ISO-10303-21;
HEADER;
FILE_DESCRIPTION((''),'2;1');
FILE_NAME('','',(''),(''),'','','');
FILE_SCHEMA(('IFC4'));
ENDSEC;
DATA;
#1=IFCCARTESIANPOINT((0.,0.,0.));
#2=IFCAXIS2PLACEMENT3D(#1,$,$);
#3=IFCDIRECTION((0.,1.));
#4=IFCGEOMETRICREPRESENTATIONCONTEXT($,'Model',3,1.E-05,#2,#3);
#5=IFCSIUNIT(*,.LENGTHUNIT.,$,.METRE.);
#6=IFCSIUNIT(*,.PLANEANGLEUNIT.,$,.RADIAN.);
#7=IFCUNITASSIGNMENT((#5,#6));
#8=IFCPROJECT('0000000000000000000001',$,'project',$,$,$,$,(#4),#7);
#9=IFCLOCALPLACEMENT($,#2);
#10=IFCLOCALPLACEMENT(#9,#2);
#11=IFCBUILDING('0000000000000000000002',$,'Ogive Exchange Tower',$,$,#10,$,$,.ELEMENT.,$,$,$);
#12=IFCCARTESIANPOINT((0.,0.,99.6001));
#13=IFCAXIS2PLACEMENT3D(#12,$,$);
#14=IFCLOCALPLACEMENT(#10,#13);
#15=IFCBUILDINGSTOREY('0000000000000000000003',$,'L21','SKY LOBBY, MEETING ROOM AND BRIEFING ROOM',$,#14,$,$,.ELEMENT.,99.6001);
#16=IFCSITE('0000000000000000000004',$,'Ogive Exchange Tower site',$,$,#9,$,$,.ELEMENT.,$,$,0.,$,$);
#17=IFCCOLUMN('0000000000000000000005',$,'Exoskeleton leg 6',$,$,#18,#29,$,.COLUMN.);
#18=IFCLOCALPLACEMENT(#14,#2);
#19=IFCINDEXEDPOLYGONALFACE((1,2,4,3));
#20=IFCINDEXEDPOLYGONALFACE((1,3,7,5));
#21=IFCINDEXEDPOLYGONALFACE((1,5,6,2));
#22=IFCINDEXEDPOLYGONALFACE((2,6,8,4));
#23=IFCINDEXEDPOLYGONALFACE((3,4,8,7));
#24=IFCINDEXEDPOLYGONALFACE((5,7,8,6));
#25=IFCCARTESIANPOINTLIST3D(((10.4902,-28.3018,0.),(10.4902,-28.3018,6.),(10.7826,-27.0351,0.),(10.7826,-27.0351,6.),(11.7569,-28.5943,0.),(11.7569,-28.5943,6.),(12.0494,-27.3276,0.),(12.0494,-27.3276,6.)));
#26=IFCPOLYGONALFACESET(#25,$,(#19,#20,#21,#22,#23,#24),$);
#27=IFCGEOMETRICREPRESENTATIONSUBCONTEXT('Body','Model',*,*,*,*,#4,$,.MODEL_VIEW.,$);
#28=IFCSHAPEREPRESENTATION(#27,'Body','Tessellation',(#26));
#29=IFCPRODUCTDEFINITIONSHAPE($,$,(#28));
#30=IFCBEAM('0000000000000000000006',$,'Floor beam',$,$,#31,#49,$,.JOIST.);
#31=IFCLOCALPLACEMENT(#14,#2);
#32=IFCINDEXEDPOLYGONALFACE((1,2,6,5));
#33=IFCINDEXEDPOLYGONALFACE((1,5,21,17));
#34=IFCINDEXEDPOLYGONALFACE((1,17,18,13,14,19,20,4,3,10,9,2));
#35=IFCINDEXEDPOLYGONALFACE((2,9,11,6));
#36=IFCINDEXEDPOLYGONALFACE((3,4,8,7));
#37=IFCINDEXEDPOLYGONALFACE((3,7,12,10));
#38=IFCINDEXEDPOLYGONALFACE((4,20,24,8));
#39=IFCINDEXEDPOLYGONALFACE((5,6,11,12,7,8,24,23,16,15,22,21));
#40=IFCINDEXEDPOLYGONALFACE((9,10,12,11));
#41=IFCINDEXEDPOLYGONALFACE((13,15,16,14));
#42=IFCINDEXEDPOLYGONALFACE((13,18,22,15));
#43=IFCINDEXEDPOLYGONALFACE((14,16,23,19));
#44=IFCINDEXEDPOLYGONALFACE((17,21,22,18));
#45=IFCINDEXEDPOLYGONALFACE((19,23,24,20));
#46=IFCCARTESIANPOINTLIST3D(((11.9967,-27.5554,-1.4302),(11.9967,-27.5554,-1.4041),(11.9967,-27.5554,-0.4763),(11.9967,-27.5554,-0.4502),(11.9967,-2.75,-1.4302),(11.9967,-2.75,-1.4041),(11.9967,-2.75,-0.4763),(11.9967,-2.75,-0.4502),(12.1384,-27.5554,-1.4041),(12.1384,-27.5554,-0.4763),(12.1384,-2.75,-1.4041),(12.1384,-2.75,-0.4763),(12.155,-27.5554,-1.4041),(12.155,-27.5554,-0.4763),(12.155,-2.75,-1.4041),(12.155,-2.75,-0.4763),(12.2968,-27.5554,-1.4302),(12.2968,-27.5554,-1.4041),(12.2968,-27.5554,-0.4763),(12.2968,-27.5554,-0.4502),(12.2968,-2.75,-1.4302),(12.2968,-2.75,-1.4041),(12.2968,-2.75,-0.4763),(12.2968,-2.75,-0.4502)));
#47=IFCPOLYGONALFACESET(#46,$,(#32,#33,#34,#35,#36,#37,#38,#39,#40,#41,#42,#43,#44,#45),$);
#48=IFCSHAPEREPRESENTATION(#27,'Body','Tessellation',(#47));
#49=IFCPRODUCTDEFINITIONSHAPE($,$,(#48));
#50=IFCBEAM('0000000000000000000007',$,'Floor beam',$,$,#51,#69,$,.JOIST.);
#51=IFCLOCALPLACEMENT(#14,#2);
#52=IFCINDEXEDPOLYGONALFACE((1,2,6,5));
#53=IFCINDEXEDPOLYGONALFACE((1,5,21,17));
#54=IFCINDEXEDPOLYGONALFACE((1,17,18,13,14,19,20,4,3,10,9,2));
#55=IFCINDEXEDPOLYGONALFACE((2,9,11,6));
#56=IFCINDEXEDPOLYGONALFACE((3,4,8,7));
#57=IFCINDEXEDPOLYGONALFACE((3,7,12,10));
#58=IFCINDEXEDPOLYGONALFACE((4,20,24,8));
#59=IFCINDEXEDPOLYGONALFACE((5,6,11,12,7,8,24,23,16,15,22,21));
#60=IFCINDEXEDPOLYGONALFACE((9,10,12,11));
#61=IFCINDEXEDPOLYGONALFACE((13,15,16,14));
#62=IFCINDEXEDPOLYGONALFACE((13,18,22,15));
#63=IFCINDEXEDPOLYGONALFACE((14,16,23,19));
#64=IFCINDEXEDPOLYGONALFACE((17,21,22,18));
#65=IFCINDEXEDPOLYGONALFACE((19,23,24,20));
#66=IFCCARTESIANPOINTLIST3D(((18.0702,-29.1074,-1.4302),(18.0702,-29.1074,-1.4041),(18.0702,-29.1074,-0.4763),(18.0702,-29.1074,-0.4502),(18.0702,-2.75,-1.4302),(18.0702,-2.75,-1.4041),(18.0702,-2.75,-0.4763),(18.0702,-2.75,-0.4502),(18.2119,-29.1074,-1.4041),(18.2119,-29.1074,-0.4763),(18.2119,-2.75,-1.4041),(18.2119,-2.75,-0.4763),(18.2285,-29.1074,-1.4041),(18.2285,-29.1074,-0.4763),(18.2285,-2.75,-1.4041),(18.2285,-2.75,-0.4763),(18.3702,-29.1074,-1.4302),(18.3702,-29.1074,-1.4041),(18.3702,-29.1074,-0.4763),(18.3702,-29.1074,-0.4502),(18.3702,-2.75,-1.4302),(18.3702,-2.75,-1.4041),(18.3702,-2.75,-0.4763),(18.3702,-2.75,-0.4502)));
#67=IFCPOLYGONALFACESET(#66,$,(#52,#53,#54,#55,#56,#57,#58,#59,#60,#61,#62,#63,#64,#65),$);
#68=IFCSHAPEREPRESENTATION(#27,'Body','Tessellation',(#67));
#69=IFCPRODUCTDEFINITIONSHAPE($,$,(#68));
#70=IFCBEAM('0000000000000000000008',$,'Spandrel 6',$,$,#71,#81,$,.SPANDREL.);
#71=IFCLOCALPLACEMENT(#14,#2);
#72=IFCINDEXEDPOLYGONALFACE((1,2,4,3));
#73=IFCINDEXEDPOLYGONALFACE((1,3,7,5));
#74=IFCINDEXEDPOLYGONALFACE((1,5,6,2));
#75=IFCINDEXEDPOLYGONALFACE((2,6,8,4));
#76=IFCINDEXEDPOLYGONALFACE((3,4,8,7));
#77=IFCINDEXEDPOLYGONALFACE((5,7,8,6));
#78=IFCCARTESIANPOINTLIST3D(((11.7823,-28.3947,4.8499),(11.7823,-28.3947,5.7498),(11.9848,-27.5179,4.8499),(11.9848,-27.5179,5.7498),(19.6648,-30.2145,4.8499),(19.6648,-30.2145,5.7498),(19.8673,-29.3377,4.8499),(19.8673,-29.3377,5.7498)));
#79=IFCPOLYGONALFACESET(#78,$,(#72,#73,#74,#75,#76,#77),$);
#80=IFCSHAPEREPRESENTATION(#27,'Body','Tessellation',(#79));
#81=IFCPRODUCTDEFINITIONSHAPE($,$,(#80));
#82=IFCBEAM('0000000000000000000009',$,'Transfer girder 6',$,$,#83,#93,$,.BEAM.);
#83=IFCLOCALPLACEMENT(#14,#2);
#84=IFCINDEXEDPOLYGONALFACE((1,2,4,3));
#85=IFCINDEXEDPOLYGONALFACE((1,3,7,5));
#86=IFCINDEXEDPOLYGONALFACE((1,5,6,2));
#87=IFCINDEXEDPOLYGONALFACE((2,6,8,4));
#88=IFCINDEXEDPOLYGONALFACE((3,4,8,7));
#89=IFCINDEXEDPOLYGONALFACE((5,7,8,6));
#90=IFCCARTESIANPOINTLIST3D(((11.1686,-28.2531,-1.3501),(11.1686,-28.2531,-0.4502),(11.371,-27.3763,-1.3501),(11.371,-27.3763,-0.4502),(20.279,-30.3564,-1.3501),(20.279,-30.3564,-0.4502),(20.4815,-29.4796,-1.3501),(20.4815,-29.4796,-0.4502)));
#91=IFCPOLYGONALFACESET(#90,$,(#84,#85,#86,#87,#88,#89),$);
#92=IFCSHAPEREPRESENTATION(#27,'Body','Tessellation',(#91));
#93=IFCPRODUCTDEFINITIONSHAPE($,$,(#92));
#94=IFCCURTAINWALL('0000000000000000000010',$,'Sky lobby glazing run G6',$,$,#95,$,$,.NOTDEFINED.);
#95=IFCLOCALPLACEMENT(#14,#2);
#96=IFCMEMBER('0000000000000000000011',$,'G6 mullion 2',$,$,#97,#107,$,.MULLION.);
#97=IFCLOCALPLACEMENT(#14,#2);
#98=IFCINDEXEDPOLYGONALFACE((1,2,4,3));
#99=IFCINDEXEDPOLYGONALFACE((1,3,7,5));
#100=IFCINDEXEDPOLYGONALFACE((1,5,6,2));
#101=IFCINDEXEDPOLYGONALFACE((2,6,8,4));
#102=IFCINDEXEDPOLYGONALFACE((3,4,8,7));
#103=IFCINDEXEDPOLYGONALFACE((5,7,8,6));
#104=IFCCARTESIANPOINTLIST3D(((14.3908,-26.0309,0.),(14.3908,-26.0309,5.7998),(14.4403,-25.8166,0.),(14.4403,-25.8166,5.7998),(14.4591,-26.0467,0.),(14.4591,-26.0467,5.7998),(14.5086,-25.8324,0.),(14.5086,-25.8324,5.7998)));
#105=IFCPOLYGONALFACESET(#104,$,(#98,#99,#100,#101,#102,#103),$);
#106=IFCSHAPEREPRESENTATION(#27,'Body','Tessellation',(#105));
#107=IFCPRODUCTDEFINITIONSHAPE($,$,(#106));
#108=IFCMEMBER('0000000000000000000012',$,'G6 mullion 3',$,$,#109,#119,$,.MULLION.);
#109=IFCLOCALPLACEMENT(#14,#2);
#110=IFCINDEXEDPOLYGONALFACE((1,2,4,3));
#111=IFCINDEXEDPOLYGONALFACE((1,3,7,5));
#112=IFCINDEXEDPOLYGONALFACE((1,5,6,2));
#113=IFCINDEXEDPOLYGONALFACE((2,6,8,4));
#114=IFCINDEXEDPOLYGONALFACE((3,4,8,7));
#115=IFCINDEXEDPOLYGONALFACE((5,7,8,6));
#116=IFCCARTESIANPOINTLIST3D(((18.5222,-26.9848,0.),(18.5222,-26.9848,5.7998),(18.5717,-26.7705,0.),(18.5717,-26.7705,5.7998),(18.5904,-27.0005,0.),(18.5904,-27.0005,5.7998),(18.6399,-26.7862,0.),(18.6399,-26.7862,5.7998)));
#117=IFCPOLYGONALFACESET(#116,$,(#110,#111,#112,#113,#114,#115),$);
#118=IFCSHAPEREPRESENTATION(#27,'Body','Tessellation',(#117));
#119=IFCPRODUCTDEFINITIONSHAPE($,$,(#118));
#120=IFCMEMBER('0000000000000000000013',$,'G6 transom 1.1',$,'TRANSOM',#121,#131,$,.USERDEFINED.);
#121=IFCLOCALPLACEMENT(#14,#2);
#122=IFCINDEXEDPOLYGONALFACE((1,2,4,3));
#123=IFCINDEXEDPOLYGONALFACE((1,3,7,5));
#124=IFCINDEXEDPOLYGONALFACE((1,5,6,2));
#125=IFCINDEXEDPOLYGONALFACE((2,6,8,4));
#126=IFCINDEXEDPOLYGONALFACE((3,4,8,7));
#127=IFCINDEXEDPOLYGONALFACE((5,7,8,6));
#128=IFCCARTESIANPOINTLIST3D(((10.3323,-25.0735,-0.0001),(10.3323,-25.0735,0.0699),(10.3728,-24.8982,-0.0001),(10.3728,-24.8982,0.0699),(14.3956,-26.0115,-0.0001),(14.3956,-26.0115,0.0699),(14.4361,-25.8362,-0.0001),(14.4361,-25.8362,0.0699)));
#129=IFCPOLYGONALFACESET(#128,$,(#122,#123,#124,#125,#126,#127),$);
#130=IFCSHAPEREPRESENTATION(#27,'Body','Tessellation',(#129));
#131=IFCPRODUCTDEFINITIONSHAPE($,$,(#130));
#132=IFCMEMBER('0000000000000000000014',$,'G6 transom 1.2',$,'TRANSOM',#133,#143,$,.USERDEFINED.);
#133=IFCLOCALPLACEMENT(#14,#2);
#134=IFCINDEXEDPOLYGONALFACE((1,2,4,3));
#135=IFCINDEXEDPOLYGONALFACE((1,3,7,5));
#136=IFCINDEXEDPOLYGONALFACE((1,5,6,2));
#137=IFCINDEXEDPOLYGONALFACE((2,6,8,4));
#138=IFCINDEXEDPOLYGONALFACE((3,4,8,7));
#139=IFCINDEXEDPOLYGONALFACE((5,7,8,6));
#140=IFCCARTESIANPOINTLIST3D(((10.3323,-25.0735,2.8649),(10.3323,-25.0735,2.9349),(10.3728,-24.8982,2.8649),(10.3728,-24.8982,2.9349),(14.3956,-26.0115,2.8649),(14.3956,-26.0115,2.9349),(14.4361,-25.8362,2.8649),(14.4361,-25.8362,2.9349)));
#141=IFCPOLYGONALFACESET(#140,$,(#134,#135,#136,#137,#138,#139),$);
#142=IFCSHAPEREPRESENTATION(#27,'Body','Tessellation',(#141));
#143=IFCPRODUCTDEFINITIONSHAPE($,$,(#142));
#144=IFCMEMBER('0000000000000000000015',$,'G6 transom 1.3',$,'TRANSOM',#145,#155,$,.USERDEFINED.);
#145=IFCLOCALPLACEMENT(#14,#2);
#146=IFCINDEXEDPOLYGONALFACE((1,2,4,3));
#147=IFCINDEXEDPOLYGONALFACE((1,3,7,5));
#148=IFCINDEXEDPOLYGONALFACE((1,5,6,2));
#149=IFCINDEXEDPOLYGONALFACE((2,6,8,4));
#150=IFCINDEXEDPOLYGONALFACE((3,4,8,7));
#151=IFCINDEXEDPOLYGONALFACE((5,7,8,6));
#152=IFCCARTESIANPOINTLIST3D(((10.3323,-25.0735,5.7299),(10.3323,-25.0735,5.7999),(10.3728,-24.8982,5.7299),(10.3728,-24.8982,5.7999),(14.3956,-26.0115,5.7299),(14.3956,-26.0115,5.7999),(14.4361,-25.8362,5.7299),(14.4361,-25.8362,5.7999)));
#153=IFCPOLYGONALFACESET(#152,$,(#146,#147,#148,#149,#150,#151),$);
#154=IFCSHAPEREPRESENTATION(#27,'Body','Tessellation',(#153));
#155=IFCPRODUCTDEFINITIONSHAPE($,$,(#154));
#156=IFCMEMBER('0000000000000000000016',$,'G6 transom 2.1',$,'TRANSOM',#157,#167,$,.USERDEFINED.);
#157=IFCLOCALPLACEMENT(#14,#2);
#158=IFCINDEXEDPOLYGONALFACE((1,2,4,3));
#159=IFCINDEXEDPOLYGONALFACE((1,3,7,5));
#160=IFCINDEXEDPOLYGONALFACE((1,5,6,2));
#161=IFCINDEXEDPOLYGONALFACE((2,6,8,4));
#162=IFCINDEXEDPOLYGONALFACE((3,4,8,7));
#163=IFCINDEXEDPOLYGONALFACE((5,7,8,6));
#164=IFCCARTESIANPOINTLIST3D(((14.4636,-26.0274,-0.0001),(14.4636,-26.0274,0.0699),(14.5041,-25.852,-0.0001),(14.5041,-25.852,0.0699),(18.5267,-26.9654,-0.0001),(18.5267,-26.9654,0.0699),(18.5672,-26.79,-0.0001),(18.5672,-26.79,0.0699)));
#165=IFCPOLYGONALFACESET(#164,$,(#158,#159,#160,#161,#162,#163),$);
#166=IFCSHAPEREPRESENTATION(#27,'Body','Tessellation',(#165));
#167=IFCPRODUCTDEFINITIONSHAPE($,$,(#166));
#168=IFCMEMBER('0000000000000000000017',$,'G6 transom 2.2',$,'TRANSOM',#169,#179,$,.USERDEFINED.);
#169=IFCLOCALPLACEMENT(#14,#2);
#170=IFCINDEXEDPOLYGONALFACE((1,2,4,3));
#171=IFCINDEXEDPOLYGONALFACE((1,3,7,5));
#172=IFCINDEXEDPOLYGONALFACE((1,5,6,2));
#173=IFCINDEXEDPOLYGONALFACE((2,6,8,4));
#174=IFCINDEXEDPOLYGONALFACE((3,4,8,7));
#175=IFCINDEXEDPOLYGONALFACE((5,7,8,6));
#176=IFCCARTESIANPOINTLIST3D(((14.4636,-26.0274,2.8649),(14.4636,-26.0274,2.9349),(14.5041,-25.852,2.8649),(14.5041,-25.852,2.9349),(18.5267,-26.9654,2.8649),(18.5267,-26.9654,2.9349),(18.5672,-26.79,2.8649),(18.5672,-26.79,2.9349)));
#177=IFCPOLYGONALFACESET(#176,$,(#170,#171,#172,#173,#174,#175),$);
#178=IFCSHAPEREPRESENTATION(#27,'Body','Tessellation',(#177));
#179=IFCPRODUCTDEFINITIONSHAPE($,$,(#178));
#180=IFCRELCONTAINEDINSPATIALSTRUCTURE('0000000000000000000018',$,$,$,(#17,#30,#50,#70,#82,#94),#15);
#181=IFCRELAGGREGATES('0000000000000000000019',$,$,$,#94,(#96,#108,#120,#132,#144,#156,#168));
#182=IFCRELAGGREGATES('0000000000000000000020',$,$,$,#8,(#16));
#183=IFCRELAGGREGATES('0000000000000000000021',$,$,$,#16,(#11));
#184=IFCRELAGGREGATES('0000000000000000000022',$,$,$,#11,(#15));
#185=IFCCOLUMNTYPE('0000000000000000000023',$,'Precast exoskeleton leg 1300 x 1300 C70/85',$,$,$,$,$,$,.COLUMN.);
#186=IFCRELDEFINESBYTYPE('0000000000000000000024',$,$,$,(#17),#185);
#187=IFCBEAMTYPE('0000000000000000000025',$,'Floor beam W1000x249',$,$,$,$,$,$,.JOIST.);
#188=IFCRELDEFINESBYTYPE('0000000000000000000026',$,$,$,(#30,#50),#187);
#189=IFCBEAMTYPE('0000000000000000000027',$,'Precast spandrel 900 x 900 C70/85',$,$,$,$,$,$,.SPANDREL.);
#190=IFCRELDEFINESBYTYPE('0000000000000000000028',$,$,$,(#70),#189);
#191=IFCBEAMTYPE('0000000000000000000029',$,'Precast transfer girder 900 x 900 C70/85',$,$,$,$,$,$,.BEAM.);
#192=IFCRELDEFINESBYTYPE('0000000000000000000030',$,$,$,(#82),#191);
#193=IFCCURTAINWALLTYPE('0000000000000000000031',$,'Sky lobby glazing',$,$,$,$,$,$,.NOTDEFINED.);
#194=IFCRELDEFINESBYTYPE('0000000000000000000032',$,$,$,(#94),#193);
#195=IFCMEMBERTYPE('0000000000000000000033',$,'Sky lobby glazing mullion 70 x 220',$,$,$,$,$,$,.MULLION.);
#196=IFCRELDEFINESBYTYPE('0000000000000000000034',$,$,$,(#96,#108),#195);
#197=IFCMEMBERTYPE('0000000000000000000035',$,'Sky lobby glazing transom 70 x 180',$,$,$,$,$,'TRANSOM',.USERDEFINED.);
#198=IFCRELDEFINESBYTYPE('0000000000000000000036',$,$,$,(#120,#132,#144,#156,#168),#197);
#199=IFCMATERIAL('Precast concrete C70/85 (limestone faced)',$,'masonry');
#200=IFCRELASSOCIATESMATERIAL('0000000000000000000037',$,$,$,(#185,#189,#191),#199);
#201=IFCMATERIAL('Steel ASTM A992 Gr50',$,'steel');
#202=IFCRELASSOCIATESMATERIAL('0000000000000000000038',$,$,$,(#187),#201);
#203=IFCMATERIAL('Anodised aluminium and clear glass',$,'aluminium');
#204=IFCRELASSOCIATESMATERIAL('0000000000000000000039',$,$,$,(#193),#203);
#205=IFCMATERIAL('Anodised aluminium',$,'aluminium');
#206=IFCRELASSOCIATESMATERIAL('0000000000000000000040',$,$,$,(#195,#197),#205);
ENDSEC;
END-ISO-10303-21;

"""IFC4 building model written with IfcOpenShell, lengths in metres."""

from ifc_helpers import new_model, si_unit, direction, frame, origin, origin_2d, place, context, subcontext, project, spatial, rectangle, i_section, extrude, material, material_profile, profile_set, type_object, element, aggregate, save


model = new_model("IFC4")

# Units and contexts
model_context = context("Model", 3, precision=1e-05, world=origin(), true_north=direction((0.0, 1.0)))
body_context = subcontext(model_context, "Body", "Model", "MODEL_VIEW")
ifc_project = project(units=[si_unit("LENGTHUNIT", "METRE"), si_unit("PLANEANGLEUNIT", "RADIAN")], contexts=[model_context])

# Site, building, storey
site_placement = place(None, origin())
site = spatial("IfcSite", under=ifc_project, at=site_placement, Name="Ogive Exchange Tower site", CompositionType="ELEMENT", RefElevation=0.0)
building_placement = place(site_placement, origin())
building = spatial("IfcBuilding", under=site, at=building_placement, Name="Ogive Exchange Tower", CompositionType="ELEMENT")
storey_placement = place(building_placement, frame((0.0, 0.0, 99.6001)))
storey = spatial("IfcBuildingStorey", under=building, at=storey_placement, Name="L21", Description="SKY LOBBY, MEETING ROOM AND BRIEFING ROOM", CompositionType="ELEMENT", Elevation=99.6001)

# Column
ifc_material_1 = material(Name="Precast concrete C70/85 (limestone faced)", Category="masonry")
ifc_material_profile_1 = material_profile(ifc_material_1, rectangle(XDim=1.3, YDim=1.3, at=origin_2d()), Name="1300 x 1300")
ifc_profile_set_1 = profile_set([ifc_material_profile_1], Name="Precast concrete C70/85 (limestone faced)")
column_type = type_object("IfcColumnType", Name="Precast exoskeleton leg 1300 x 1300 C70/85", PredefinedType="COLUMN", material=ifc_profile_set_1)
column_placement = place(storey_placement, frame((11.2698, -27.8147, 0.0), z_axis=(0.0, 0.0, 1.0), x_axis=(0.97437, -0.224951, 0.0)))
element("IfcColumn", 1, at=column_placement, inside=storey, type_object=column_type, Name="Exoskeleton leg 6", PredefinedType="COLUMN", context=body_context, shape_type="SweptSolid", body=[
    extrude(rectangle(XDim=1.3, YDim=1.3, at=origin_2d()), origin(), (0.0, 0.0, 1.0), 6.0),
])

# Beams
ifc_material_2 = material(Name="Steel ASTM A992 Gr50", Category="steel")
ifc_material_profile_2 = material_profile(ifc_material_2, i_section(OverallWidth=0.3, OverallDepth=0.98, WebThickness=0.0166, FlangeThickness=0.0261, at=origin_2d()), Name="W1000x249")
ifc_profile_set_2 = profile_set([ifc_material_profile_2], Name="Steel ASTM A992 Gr50")
beam_type_1 = type_object("IfcBeamType", Name="Floor beam W1000x249", PredefinedType="JOIST", material=ifc_profile_set_2)
beam_1_placement = place(storey_placement, frame((12.1467, -27.5554, -0.9402), z_axis=(0.0, 1.0, 0.0), x_axis=(-1.0, 0.0, 0.0)))
element("IfcBeam", 2, at=beam_1_placement, inside=storey, type_object=beam_type_1, Name="Floor beam", PredefinedType="JOIST", context=body_context, shape_type="SweptSolid", body=[
    extrude(i_section(OverallWidth=0.3, OverallDepth=0.98, WebThickness=0.0166, FlangeThickness=0.0261, at=origin_2d()), origin(), (0.0, 0.0, 1.0), 24.8054),
])
beam_2_placement = place(storey_placement, frame((18.2202, -29.1074, -0.9402), z_axis=(0.0, 1.0, 0.0), x_axis=(-1.0, 0.0, 0.0)))
element("IfcBeam", 3, at=beam_2_placement, inside=storey, type_object=beam_type_1, Name="Floor beam", PredefinedType="JOIST", context=body_context, shape_type="SweptSolid", body=[
    extrude(i_section(OverallWidth=0.3, OverallDepth=0.98, WebThickness=0.0166, FlangeThickness=0.0261, at=origin_2d()), origin(), (0.0, 0.0, 1.0), 26.3574),
])
ifc_material_profile_3 = material_profile(ifc_material_1, rectangle(XDim=0.8999, YDim=0.8999, at=origin_2d()), Name="900 x 900")
ifc_profile_set_3 = profile_set([ifc_material_profile_3], Name="Precast concrete C70/85 (limestone faced)")
beam_type_2 = type_object("IfcBeamType", Name="Precast spandrel 900 x 900 C70/85", PredefinedType="SPANDREL", material=ifc_profile_set_3)
beam_3_placement = place(storey_placement, frame((11.8835, -27.9563, 5.2998), z_axis=(0.97437, -0.22495, 0.0), x_axis=(0.22495, 0.97437, 0.0)))
element("IfcBeam", 4, at=beam_3_placement, inside=storey, type_object=beam_type_2, Name="Spandrel 6", PredefinedType="SPANDREL", context=body_context, shape_type="SweptSolid", body=[
    extrude(rectangle(XDim=0.8999, YDim=0.8999, at=origin_2d()), origin(), (0.0, 0.0, 1.0), 8.0898),
])
ifc_material_profile_4 = material_profile(ifc_material_1, rectangle(XDim=0.8999, YDim=0.8999, at=origin_2d()), Name="900 x 900")
ifc_profile_set_4 = profile_set([ifc_material_profile_4], Name="Precast concrete C70/85 (limestone faced)")
beam_type_3 = type_object("IfcBeamType", Name="Precast transfer girder 900 x 900 C70/85", PredefinedType="BEAM", material=ifc_profile_set_4)
beam_4_placement = place(storey_placement, frame((11.2698, -27.8147, -0.9001), z_axis=(0.974371, -0.224949, 0.0), x_axis=(0.224949, 0.974371, 0.0)))
element("IfcBeam", 5, at=beam_4_placement, inside=storey, type_object=beam_type_3, Name="Transfer girder 6", PredefinedType="BEAM", context=body_context, shape_type="SweptSolid", body=[
    extrude(rectangle(XDim=0.8999, YDim=0.8999, at=origin_2d()), origin(), (0.0, 0.0, 1.0), 9.3501),
])

# Curtain wall, members
ifc_material_3 = material(Name="Anodised aluminium and clear glass", Category="aluminium")
curtain_wall_type = type_object("IfcCurtainWallType", Name="Sky lobby glazing", PredefinedType="NOTDEFINED", material=ifc_material_3)
curtain_wall_placement = place(storey_placement, origin())
curtain_wall = element("IfcCurtainWall", 6, at=curtain_wall_placement, inside=storey, type_object=curtain_wall_type, Name="Sky lobby glazing run G6", PredefinedType="NOTDEFINED")
ifc_material_4 = material(Name="Anodised aluminium", Category="aluminium")
ifc_material_profile_5 = material_profile(ifc_material_4, rectangle(XDim=0.22, YDim=0.0701, at=origin_2d()), Name="AL 70x220")
ifc_profile_set_5 = profile_set([ifc_material_profile_5], Name="Anodised aluminium")
member_type_1 = type_object("IfcMemberType", Name="Sky lobby glazing mullion 70 x 220", PredefinedType="MULLION", material=ifc_profile_set_5)
member_1_placement = place(storey_placement, frame((14.4497, -25.9316, 0.0), z_axis=(0.0, 0.0, 1.0), x_axis=(0.224949, 0.97437, 0.0)))
member_1 = element("IfcMember", 7, at=member_1_placement, type_object=member_type_1, Name="G6 mullion 2", PredefinedType="MULLION", context=body_context, shape_type="SweptSolid", body=[
    extrude(rectangle(XDim=0.22, YDim=0.0701, at=origin_2d()), origin(), (0.0, 0.0, 1.0), 5.7998),
])
member_2_placement = place(storey_placement, frame((18.5811, -26.8855, 0.0), z_axis=(0.0, 0.0, 1.0), x_axis=(0.224949, 0.97437, 0.0)))
member_2 = element("IfcMember", 8, at=member_2_placement, type_object=member_type_1, Name="G6 mullion 3", PredefinedType="MULLION", context=body_context, shape_type="SweptSolid", body=[
    extrude(rectangle(XDim=0.22, YDim=0.0701, at=origin_2d()), origin(), (0.0, 0.0, 1.0), 5.7998),
])
ifc_material_profile_6 = material_profile(ifc_material_4, rectangle(XDim=0.1799, YDim=0.0701, at=origin_2d()), Name="AL 70x180")
ifc_profile_set_6 = profile_set([ifc_material_profile_6], Name="Anodised aluminium")
member_type_2 = type_object("IfcMemberType", Name="Sky lobby glazing transom 70 x 180", ElementType="TRANSOM", PredefinedType="USERDEFINED", material=ifc_profile_set_6)
member_3_placement = place(storey_placement, frame((10.3525, -24.9858, 0.0349), z_axis=(0.974374, -0.224932, 0.0), x_axis=(0.224932, 0.974374, 0.0)))
member_3 = element("IfcMember", 9, at=member_3_placement, type_object=member_type_2, Name="G6 transom 1.1", ObjectType="TRANSOM", PredefinedType="USERDEFINED", context=body_context, shape_type="SweptSolid", body=[
    extrude(rectangle(XDim=0.1799, YDim=0.0701, at=origin_2d()), origin(), (0.0, 0.0, 1.0), 4.1702),
])
member_4_placement = place(storey_placement, frame((10.3525, -24.9858, 2.8999), z_axis=(0.974374, -0.224932, 0.0), x_axis=(0.224932, 0.974374, 0.0)))
member_4 = element("IfcMember", 10, at=member_4_placement, type_object=member_type_2, Name="G6 transom 1.2", ObjectType="TRANSOM", PredefinedType="USERDEFINED", context=body_context, shape_type="SweptSolid", body=[
    extrude(rectangle(XDim=0.1799, YDim=0.0701, at=origin_2d()), origin(), (0.0, 0.0, 1.0), 4.1702),
])
member_5_placement = place(storey_placement, frame((10.3525, -24.9858, 5.7649), z_axis=(0.974374, -0.224932, 0.0), x_axis=(0.224932, 0.974374, 0.0)))
member_5 = element("IfcMember", 11, at=member_5_placement, type_object=member_type_2, Name="G6 transom 1.3", ObjectType="TRANSOM", PredefinedType="USERDEFINED", context=body_context, shape_type="SweptSolid", body=[
    extrude(rectangle(XDim=0.1799, YDim=0.0701, at=origin_2d()), origin(), (0.0, 0.0, 1.0), 4.1702),
])
member_6_placement = place(storey_placement, frame((14.4839, -25.9397, 0.0349), z_axis=(0.974371, -0.224945, 0.0), x_axis=(0.224945, 0.974371, 0.0)))
member_6 = element("IfcMember", 12, at=member_6_placement, type_object=member_type_2, Name="G6 transom 2.1", ObjectType="TRANSOM", PredefinedType="USERDEFINED", context=body_context, shape_type="SweptSolid", body=[
    extrude(rectangle(XDim=0.1799, YDim=0.0701, at=origin_2d()), origin(), (0.0, 0.0, 1.0), 4.1699),
])
member_7_placement = place(storey_placement, frame((14.4839, -25.9397, 2.8999), z_axis=(0.974371, -0.224945, 0.0), x_axis=(0.224945, 0.974371, 0.0)))
member_7 = element("IfcMember", 13, at=member_7_placement, type_object=member_type_2, Name="G6 transom 2.2", ObjectType="TRANSOM", PredefinedType="USERDEFINED", context=body_context, shape_type="SweptSolid", body=[
    extrude(rectangle(XDim=0.1799, YDim=0.0701, at=origin_2d()), origin(), (0.0, 0.0, 1.0), 4.1699),
])
aggregate(curtain_wall, [member_1, member_2, member_3, member_4, member_5, member_6, member_7])

save(model, "model.ifc")
